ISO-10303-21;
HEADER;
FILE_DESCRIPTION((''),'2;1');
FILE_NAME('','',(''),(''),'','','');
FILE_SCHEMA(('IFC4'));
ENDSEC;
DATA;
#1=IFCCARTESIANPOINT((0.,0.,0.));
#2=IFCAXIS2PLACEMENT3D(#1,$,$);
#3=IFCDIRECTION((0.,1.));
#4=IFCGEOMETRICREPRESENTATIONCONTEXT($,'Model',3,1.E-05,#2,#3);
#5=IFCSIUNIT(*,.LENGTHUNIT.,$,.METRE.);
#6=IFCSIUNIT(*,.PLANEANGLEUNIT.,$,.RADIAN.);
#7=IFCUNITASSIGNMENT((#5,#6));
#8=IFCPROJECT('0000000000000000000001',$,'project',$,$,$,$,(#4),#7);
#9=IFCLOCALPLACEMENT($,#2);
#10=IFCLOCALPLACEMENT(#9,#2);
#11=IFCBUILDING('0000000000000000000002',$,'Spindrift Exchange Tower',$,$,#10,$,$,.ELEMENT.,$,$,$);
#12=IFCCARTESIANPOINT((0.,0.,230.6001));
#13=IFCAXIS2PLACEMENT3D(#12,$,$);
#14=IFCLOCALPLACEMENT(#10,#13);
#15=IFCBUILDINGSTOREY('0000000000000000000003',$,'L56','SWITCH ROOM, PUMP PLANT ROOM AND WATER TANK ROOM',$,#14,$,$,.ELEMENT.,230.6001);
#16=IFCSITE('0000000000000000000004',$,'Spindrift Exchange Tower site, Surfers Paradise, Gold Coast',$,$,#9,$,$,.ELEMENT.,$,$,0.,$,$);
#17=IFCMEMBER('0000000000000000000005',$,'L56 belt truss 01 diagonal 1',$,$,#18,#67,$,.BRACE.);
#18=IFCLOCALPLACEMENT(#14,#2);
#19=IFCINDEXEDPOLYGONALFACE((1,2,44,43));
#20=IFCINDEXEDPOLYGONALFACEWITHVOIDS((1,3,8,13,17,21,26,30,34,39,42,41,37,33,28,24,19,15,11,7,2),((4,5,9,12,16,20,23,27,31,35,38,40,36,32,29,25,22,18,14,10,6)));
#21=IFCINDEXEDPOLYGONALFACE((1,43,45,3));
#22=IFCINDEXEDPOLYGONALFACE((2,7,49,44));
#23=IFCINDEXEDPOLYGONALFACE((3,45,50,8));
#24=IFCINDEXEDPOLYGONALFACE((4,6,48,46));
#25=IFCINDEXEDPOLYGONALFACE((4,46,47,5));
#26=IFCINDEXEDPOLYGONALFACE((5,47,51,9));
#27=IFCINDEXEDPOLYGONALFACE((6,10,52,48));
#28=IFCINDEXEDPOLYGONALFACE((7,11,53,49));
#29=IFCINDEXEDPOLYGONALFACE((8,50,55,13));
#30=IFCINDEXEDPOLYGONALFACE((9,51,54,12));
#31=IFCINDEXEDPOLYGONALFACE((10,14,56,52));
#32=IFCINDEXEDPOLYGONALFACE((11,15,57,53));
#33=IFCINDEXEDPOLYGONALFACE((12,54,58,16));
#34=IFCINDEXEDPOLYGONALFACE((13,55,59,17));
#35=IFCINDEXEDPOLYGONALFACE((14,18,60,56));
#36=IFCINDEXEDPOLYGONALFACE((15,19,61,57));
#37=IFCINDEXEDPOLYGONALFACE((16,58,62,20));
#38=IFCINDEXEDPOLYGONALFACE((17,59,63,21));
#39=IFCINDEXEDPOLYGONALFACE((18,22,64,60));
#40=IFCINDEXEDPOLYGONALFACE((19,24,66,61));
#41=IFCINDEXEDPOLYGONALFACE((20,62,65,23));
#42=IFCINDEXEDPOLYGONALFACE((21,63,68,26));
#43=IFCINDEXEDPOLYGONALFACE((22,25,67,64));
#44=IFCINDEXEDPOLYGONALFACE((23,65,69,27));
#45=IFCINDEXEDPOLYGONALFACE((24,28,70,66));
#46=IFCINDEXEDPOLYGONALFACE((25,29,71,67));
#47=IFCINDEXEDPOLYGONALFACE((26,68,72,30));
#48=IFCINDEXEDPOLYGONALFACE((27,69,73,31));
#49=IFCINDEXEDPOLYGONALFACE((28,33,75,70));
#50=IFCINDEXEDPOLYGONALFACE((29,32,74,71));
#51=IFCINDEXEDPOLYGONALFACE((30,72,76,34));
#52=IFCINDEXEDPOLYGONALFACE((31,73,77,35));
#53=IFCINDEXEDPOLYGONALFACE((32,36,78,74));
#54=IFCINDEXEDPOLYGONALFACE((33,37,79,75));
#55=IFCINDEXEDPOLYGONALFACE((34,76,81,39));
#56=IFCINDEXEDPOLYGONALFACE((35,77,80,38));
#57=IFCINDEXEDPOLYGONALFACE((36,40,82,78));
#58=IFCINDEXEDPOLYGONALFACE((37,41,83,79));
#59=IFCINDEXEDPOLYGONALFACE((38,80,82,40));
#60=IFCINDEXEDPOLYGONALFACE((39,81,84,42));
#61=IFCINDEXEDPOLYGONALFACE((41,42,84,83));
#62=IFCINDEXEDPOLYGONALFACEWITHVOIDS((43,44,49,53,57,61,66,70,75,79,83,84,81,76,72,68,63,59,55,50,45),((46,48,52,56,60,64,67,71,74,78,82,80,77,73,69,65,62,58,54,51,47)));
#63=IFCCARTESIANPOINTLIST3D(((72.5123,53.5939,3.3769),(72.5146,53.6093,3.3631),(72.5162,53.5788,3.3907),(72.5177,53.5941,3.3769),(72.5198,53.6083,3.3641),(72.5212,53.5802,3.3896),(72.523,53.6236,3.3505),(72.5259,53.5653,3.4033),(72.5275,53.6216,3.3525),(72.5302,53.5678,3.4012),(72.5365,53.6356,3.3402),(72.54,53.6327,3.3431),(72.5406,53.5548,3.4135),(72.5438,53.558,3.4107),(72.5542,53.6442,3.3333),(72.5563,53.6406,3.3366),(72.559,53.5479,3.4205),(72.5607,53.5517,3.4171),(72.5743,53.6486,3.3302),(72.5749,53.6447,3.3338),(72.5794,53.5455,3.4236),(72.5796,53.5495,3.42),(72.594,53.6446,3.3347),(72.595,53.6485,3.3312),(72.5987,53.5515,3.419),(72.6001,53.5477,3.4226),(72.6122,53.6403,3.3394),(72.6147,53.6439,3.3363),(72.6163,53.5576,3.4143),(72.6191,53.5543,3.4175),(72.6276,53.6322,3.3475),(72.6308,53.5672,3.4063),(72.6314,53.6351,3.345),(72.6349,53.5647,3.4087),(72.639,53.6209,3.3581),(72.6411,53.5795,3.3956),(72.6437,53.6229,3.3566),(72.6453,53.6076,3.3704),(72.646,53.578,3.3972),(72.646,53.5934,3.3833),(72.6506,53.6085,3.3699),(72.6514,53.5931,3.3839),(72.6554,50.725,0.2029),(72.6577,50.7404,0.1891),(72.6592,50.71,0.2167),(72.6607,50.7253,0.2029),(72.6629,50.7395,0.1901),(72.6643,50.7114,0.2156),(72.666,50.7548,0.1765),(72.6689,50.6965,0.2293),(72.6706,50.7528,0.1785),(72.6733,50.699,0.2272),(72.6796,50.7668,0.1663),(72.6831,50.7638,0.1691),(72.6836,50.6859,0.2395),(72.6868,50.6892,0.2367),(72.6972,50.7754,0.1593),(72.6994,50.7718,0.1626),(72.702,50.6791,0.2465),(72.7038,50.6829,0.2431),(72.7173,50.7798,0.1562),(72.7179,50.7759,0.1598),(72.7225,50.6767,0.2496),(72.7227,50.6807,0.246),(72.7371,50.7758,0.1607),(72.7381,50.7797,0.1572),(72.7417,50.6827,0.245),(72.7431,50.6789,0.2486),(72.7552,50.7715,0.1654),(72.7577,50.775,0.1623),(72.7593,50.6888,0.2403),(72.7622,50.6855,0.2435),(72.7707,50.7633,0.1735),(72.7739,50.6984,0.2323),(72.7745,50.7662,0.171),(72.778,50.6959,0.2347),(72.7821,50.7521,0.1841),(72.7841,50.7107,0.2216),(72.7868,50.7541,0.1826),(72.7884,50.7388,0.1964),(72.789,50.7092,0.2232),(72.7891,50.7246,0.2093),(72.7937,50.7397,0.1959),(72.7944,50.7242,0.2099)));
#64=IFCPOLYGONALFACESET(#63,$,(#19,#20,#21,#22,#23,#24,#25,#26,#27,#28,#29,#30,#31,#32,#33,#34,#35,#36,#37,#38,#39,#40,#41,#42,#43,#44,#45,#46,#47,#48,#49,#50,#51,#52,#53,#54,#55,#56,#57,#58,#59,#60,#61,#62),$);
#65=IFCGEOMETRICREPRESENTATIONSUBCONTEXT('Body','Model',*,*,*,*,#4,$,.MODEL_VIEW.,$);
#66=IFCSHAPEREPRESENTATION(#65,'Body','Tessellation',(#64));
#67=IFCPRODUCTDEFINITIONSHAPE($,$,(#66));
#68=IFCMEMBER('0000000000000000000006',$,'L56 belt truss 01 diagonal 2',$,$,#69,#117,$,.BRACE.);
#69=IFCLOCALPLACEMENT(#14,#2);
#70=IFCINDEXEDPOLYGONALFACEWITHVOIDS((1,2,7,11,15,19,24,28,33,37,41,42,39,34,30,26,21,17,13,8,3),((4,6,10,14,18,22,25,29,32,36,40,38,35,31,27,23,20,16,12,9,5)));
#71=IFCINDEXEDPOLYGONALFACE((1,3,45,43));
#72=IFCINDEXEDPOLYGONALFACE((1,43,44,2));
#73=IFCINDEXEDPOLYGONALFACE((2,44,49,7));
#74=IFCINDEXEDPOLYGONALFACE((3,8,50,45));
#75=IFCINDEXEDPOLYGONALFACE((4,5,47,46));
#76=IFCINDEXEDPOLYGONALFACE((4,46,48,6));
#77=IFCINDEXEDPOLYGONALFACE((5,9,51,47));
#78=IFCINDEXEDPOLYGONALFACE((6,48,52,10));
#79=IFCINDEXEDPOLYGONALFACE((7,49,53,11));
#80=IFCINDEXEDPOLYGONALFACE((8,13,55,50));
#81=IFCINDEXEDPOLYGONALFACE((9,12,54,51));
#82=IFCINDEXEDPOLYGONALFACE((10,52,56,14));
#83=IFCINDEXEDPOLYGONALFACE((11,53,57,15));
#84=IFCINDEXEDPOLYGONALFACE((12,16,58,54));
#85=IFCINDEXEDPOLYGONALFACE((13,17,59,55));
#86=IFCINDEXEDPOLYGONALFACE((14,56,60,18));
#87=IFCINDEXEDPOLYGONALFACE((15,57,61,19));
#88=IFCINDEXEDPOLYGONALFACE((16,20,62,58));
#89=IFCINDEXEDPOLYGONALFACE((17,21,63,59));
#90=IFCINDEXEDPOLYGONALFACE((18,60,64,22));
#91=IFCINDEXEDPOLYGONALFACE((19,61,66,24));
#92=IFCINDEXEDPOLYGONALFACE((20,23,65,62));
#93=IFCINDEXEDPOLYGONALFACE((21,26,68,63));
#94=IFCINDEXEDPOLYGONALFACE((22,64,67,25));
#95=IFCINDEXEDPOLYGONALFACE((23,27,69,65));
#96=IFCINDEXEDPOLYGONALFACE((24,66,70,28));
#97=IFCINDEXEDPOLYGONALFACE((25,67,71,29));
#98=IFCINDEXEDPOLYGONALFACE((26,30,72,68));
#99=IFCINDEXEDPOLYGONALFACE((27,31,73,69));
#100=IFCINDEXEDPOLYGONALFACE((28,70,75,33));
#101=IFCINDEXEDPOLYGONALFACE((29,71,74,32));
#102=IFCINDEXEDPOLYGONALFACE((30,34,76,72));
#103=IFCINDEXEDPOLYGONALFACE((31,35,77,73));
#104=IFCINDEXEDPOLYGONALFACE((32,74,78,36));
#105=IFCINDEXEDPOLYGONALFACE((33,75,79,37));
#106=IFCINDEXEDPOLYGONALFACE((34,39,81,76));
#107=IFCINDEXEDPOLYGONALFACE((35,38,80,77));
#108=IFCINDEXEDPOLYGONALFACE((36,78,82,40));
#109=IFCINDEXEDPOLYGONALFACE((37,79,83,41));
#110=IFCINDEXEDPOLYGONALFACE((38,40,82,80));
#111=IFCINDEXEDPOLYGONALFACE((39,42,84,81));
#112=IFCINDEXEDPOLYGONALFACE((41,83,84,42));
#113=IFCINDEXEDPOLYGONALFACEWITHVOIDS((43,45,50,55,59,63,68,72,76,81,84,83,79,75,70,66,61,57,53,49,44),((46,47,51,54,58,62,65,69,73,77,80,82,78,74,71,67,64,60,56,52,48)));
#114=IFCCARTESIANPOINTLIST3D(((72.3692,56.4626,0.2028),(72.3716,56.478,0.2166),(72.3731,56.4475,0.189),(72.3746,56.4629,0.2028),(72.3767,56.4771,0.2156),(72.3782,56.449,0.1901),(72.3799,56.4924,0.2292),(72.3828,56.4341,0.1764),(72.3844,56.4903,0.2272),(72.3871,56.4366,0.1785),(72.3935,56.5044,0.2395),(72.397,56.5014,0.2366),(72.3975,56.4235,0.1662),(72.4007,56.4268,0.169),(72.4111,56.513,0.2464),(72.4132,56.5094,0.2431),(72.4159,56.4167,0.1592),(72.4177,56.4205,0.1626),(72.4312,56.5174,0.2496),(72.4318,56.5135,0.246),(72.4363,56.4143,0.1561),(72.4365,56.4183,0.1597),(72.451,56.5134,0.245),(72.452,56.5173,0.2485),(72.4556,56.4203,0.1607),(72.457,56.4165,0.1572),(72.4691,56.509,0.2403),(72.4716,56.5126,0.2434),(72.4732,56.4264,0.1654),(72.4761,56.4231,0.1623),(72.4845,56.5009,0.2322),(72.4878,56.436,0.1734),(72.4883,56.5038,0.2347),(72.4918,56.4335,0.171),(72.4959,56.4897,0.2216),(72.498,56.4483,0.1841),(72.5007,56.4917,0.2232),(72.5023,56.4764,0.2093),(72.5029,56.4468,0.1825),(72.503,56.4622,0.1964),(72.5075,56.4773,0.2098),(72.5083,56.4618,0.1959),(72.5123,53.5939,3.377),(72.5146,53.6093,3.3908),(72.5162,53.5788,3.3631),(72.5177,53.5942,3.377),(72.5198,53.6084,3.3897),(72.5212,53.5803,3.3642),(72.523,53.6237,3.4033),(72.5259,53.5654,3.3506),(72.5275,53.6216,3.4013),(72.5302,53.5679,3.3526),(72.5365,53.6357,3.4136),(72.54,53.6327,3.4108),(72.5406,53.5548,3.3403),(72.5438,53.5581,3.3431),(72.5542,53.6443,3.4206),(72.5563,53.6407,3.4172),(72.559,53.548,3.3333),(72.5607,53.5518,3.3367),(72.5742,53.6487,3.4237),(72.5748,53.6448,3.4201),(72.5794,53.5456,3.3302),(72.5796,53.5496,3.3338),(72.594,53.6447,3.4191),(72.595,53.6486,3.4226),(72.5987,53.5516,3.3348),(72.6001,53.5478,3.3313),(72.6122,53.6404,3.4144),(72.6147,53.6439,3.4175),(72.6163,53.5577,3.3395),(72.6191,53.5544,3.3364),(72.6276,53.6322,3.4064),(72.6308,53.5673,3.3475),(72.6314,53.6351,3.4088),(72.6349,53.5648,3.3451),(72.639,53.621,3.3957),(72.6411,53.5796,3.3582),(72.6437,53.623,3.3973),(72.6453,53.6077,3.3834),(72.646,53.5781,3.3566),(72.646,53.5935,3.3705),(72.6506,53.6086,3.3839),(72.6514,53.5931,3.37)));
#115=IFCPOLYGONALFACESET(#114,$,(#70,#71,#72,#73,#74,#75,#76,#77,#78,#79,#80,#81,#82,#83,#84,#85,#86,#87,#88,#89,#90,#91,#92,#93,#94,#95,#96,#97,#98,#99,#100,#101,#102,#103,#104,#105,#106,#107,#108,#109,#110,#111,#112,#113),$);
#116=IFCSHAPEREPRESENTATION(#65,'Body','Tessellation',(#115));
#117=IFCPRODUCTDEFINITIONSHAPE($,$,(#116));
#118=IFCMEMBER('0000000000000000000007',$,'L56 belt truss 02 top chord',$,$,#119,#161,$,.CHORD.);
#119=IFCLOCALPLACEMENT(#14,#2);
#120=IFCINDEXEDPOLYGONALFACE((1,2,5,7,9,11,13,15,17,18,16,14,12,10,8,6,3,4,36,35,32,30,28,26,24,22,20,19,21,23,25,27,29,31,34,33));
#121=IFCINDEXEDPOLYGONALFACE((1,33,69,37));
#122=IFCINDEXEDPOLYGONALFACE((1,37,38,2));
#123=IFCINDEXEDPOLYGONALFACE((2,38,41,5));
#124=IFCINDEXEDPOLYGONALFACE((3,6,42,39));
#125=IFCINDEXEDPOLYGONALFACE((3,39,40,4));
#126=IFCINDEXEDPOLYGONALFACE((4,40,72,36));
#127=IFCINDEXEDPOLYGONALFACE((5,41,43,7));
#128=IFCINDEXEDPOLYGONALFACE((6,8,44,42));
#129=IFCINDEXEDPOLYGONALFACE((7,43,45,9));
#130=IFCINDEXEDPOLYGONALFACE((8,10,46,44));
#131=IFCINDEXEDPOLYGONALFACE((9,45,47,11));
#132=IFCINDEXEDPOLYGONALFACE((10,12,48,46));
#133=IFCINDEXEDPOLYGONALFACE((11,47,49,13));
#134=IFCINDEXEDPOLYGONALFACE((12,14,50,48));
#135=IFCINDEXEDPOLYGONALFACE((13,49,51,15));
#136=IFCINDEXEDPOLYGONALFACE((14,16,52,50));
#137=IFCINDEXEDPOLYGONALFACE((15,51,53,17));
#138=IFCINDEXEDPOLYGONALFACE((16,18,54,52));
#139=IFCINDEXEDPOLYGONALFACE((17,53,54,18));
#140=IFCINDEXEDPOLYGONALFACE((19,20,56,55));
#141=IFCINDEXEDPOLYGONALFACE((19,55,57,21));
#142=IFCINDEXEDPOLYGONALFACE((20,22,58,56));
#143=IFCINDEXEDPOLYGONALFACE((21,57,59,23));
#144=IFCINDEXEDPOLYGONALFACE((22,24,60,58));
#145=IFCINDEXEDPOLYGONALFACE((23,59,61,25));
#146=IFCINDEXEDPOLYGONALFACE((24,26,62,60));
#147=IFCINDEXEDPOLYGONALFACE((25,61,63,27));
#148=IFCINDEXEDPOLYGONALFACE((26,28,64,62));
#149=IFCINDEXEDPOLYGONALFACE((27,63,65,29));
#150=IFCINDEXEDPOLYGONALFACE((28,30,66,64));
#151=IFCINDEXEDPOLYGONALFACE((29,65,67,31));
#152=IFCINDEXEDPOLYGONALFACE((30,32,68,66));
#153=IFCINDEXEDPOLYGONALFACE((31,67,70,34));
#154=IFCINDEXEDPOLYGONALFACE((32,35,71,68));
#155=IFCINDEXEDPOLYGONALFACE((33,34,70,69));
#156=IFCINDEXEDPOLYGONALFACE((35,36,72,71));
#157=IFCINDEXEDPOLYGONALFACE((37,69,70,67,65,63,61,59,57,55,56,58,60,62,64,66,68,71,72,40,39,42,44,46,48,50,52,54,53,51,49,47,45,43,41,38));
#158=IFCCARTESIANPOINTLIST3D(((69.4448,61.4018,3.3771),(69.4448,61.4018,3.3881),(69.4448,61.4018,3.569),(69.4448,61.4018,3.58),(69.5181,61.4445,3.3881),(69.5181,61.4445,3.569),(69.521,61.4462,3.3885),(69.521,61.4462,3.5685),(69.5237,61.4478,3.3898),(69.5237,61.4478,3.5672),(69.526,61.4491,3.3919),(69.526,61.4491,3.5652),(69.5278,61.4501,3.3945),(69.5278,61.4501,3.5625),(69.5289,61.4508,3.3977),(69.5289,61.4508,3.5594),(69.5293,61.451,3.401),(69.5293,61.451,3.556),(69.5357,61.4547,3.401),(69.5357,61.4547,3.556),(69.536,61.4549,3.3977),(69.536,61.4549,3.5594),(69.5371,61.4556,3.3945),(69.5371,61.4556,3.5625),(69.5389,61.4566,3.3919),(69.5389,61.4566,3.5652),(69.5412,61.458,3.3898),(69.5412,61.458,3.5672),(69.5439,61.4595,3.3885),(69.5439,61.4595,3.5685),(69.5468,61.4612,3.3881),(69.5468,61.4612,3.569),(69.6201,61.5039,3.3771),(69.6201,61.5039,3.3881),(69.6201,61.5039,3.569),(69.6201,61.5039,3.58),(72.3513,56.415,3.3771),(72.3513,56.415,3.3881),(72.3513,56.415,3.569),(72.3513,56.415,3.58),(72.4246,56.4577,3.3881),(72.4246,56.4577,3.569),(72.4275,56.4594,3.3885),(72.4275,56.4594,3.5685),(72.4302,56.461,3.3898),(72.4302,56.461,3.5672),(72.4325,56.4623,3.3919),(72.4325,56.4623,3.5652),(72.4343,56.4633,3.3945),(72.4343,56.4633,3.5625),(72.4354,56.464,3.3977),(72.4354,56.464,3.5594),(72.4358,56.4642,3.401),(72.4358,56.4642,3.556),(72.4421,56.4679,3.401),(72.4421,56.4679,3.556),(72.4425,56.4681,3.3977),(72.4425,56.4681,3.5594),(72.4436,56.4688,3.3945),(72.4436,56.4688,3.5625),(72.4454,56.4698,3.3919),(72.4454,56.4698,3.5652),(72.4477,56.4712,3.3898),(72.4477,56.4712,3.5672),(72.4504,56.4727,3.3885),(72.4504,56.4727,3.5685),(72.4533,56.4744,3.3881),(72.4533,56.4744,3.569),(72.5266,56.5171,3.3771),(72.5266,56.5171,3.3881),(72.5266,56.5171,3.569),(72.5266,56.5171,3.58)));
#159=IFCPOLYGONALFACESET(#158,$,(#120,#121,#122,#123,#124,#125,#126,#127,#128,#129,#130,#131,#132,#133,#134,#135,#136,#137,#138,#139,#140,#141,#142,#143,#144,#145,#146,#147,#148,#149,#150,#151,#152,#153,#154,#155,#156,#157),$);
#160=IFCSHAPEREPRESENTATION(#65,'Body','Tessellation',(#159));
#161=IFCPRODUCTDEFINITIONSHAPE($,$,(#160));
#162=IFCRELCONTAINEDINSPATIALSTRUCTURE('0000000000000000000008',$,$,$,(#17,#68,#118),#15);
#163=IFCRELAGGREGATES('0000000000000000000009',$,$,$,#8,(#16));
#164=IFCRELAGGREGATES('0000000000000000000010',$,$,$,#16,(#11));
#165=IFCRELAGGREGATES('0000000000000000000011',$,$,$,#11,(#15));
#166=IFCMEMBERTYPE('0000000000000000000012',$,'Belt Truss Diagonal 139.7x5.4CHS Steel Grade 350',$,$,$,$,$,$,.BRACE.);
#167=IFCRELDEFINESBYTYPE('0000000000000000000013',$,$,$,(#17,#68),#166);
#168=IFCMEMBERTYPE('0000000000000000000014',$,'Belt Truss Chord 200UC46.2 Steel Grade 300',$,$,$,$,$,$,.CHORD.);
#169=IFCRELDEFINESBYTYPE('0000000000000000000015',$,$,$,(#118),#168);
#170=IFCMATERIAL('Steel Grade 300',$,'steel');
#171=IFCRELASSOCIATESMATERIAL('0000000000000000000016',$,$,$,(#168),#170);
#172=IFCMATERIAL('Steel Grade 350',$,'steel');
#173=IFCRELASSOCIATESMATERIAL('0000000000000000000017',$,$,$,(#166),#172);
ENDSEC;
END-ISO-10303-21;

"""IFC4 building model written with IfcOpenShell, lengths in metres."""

from ifc_helpers import new_model, si_unit, direction, frame, origin, origin_2d, place, context, subcontext, project, spatial, hollow_circle, i_section, extrude, source, transform, mapped, material, material_profile, profile_set, type_object, element, save


model = new_model("IFC4")

# Units and contexts
model_context = context("Model", 3, precision=1e-05, world=origin(), true_north=direction((0.0, 1.0)))
body_context = subcontext(model_context, "Body", "Model", "MODEL_VIEW")
ifc_project = project(units=[si_unit("LENGTHUNIT", "METRE"), si_unit("PLANEANGLEUNIT", "RADIAN")], contexts=[model_context])

# Site, building, storey
site_placement = place(None, origin())
site = spatial("IfcSite", under=ifc_project, at=site_placement, Name="Spindrift Exchange Tower site, Surfers Paradise, Gold Coast", CompositionType="ELEMENT", RefElevation=0.0)
building_placement = place(site_placement, origin())
building = spatial("IfcBuilding", under=site, at=building_placement, Name="Spindrift Exchange Tower", CompositionType="ELEMENT")
storey_placement = place(building_placement, frame((0.0, 0.0, 230.6001)))
storey = spatial("IfcBuildingStorey", under=building, at=storey_placement, Name="L56", Description="SWITCH ROOM, PUMP PLANT ROOM AND WATER TANK ROOM", CompositionType="ELEMENT", Elevation=230.6001)

# Shared definitions
ifc_material_1 = material(Name="Steel Grade 300", Category="steel")

# Members
ifc_material_profile_1 = material_profile(ifc_material_1, i_section(OverallWidth=0.2029, OverallDepth=0.2029, WebThickness=0.0073, FlangeThickness=0.011, FilletRadius=0.0129, at=origin_2d()), Name="200UC46.2")
ifc_profile_set_1 = profile_set([ifc_material_profile_1], Name="Steel Grade 300")
member_type_1 = type_object("IfcMemberType", Name="Belt Truss Chord 200UC46.2 Steel Grade 300", PredefinedType="CHORD", material=ifc_profile_set_1)
ifc_material_2 = material(Name="Steel Grade 350", Category="steel")
ifc_material_profile_2 = material_profile(ifc_material_2, hollow_circle(Radius=0.0698, WallThickness=0.0054, at=origin_2d()), Name="139.7x5.4CHS")
ifc_profile_set_2 = profile_set([ifc_material_profile_2], Name="Steel Grade 350")
member_type_2 = type_object("IfcMemberType", Name="Belt Truss Diagonal 139.7x5.4CHS Steel Grade 350", PredefinedType="BRACE", material=ifc_profile_set_2)
shared_shape_1 = source(origin(), body_context, "Body", "SweptSolid", [
    extrude(hollow_circle(Radius=0.0698, WallThickness=0.0054, at=origin_2d()), origin(), (0.0, 0.0, 1.0), 4.2808),
])
for number, where, z_axis, x_axis, name in (
    (1, (72.7251, 50.7285, 0.2029), (-0.03342, 0.670168, 0.741457), (-0.998759, -0.049806, 0.0), "L56 belt truss 01 diagonal 1"),
    (2, (72.582, 53.5974, 3.377), (-0.033421, 0.670137, -0.741485), (-0.998759, -0.04981, 0.0), "L56 belt truss 01 diagonal 2"),
):
    element("IfcMember", number, at=place(storey_placement, frame(where, z_axis=z_axis, x_axis=x_axis)), inside=storey, type_object=member_type_2, Name=name, PredefinedType="BRACE", context=body_context, shape_type="MappedRepresentation", body=[
        mapped(shared_shape_1, transform((0.0, 0.0, 0.0), scale=1.0)),
    ])
shared_shape_2 = source(origin(), body_context, "Body", "SweptSolid", [
    extrude(i_section(OverallWidth=0.2029, OverallDepth=0.2029, WebThickness=0.0073, FlangeThickness=0.011, FilletRadius=0.0129, at=origin_2d()), origin(), (0.0, 0.0, 1.0), 5.772),
])
for number, where, z_axis, x_axis, name in (
    (3, (72.439, 56.4661, 3.4785), (-0.50355, 0.863966, 0.0), (-0.863966, -0.50355, 0.0), "L56 belt truss 02 top chord"),
):
    element("IfcMember", number, at=place(storey_placement, frame(where, z_axis=z_axis, x_axis=x_axis)), inside=storey, type_object=member_type_1, Name=name, PredefinedType="CHORD", context=body_context, shape_type="MappedRepresentation", body=[
        mapped(shared_shape_2, transform((0.0, 0.0, 0.0), scale=1.0)),
    ])

save(model, "model.ifc")
